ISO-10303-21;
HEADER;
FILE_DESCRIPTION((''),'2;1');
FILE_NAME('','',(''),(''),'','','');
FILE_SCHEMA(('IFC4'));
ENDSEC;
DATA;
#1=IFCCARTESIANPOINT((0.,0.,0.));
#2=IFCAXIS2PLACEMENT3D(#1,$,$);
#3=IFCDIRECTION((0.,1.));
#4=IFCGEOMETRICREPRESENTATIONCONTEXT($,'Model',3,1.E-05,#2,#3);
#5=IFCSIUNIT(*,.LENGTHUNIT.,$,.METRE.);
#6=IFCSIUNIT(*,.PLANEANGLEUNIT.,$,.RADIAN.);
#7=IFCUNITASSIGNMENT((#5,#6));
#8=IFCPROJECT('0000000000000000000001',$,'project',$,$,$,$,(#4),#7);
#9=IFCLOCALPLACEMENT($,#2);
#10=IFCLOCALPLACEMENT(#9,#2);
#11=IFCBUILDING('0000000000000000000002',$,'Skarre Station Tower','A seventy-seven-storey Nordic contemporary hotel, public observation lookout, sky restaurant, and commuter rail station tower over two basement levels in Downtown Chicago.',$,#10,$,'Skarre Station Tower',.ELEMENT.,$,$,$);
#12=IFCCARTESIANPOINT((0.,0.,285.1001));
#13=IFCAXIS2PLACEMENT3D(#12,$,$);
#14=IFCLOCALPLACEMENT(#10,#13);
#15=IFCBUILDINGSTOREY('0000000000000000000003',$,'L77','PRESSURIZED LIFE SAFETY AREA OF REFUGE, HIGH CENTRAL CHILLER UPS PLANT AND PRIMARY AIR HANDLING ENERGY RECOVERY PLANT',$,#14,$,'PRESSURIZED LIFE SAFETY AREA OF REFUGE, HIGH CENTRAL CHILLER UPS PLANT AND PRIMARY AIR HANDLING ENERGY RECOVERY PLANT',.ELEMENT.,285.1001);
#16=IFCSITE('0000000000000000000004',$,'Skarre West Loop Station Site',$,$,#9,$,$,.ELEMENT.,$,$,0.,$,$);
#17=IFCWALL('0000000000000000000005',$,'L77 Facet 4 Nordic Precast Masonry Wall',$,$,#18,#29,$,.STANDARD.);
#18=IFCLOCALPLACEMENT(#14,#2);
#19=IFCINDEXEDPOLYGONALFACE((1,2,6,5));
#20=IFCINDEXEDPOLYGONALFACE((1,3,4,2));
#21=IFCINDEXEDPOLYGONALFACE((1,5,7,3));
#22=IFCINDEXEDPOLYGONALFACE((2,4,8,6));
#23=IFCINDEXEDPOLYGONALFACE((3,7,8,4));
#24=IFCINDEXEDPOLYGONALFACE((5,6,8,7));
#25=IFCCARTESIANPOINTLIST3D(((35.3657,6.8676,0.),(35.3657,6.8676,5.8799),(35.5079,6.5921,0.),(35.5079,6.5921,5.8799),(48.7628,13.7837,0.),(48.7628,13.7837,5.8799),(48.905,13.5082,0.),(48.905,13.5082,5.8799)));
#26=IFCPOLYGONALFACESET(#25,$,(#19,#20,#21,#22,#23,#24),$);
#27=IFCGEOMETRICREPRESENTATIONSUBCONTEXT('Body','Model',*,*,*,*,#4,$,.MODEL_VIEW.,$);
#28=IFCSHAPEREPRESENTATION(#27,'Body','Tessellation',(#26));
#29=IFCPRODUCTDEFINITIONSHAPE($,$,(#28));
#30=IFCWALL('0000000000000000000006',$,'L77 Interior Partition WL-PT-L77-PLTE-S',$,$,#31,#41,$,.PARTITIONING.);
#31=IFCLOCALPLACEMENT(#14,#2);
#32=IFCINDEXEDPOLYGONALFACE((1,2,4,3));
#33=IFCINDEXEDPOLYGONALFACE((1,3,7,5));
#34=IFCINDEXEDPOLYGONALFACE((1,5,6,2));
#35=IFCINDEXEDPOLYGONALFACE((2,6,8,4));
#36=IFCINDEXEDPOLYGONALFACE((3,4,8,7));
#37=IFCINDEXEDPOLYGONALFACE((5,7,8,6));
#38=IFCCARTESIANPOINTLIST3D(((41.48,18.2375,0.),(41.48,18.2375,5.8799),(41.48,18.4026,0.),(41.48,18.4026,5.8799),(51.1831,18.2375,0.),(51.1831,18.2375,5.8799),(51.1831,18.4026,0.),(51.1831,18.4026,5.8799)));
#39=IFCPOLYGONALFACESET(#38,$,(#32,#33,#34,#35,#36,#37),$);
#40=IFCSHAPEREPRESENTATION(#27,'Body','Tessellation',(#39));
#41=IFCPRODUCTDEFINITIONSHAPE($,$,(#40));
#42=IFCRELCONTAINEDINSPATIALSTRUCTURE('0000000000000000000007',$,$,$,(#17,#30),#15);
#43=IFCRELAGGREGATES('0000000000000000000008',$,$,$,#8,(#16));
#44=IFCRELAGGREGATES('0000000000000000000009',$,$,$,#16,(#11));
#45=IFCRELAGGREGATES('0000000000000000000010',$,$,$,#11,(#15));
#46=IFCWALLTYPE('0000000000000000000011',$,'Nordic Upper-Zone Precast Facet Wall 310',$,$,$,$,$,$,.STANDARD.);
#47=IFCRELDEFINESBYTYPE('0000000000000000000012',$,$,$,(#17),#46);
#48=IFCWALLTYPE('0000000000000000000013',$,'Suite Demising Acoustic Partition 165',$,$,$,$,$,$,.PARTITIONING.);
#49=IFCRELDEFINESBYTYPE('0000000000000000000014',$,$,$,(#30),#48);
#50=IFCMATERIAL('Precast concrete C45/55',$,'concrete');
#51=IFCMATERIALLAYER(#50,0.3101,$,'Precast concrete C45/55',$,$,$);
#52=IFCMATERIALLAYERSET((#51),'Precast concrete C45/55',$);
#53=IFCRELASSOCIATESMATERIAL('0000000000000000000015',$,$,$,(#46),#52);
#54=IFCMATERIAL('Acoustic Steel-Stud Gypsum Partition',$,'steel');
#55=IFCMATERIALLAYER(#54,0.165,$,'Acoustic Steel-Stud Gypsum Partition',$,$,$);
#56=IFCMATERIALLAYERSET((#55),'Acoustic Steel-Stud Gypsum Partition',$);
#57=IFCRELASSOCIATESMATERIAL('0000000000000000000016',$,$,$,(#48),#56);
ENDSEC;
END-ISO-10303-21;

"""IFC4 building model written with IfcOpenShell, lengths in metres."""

from ifc_helpers import new_model, si_unit, direction, frame, frame_2d, origin, place, context, subcontext, project, spatial, rectangle, extrude, material, layer, layer_set, type_object, element, save


model = new_model("IFC4")

# Units and contexts
model_context = context("Model", 3, precision=1e-05, world=origin(), true_north=direction((0.0, 1.0)))
body_context = subcontext(model_context, "Body", "Model", "MODEL_VIEW")
ifc_project = project(units=[si_unit("LENGTHUNIT", "METRE"), si_unit("PLANEANGLEUNIT", "RADIAN")], contexts=[model_context])

# Site, building, storey
site_placement = place(None, origin())
site = spatial("IfcSite", under=ifc_project, at=site_placement, Name="Skarre West Loop Station Site", CompositionType="ELEMENT", RefElevation=0.0)
building_placement = place(site_placement, origin())
building = spatial("IfcBuilding", under=site, at=building_placement, Name="Skarre Station Tower", Description="A seventy-seven-storey Nordic contemporary hotel, public observation lookout, sky restaurant, and commuter rail station tower over two basement levels in Downtown Chicago.", LongName="Skarre Station Tower", CompositionType="ELEMENT")
storey_placement = place(building_placement, frame((0.0, 0.0, 285.1001)))
storey = spatial("IfcBuildingStorey", under=building, at=storey_placement, Name="L77", Description="PRESSURIZED LIFE SAFETY AREA OF REFUGE, HIGH CENTRAL CHILLER UPS PLANT AND PRIMARY AIR HANDLING ENERGY RECOVERY PLANT", LongName="PRESSURIZED LIFE SAFETY AREA OF REFUGE, HIGH CENTRAL CHILLER UPS PLANT AND PRIMARY AIR HANDLING ENERGY RECOVERY PLANT", CompositionType="ELEMENT", Elevation=285.1001)

# Shared definitions
ifc_material_1 = material(Name="Acoustic Steel-Stud Gypsum Partition", Category="steel")

# Walls
ifc_material_2 = material(Name="Precast concrete C45/55", Category="concrete")
ifc_layer_1 = layer(ifc_material_2, 0.3101, Name="Precast concrete C45/55")
ifc_layer_set_1 = layer_set([ifc_layer_1], Name="Precast concrete C45/55")
wall_type_1 = type_object("IfcWallType", Name="Nordic Upper-Zone Precast Facet Wall 310", PredefinedType="STANDARD", material=ifc_layer_set_1)
wall_1_placement = place(storey_placement, frame((48.834, 13.646, 0.0), z_axis=(0.0, 0.0, 1.0), x_axis=(-0.888581, -0.458719, 0.0)))
element("IfcWall", 1, at=wall_1_placement, inside=storey, type_object=wall_type_1, Name="L77 Facet 4 Nordic Precast Masonry Wall", PredefinedType="STANDARD", context=body_context, shape_type="SweptSolid", body=[
    extrude(rectangle(XDim=15.0769, YDim=0.3101, at=frame_2d((7.5386, 0.0))), origin(), (0.0, 0.0, 1.0), 5.8799),
])
ifc_layer_2 = layer(ifc_material_1, 0.165, Name="Acoustic Steel-Stud Gypsum Partition")
ifc_layer_set_2 = layer_set([ifc_layer_2], Name="Acoustic Steel-Stud Gypsum Partition")
wall_type_2 = type_object("IfcWallType", Name="Suite Demising Acoustic Partition 165", PredefinedType="PARTITIONING", material=ifc_layer_set_2)
wall_2_placement = place(storey_placement, frame((41.48, 18.3201, 0.0), z_axis=(0.0, 0.0, 1.0), x_axis=(1.0, 0.0, 0.0)))
element("IfcWall", 2, at=wall_2_placement, inside=storey, type_object=wall_type_2, Name="L77 Interior Partition WL-PT-L77-PLTE-S", PredefinedType="PARTITIONING", context=body_context, shape_type="SweptSolid", body=[
    extrude(rectangle(XDim=9.7031, YDim=0.165, at=frame_2d((4.8516, 0.0))), origin(), (0.0, 0.0, 1.0), 5.8799),
])

save(model, "model.ifc")
